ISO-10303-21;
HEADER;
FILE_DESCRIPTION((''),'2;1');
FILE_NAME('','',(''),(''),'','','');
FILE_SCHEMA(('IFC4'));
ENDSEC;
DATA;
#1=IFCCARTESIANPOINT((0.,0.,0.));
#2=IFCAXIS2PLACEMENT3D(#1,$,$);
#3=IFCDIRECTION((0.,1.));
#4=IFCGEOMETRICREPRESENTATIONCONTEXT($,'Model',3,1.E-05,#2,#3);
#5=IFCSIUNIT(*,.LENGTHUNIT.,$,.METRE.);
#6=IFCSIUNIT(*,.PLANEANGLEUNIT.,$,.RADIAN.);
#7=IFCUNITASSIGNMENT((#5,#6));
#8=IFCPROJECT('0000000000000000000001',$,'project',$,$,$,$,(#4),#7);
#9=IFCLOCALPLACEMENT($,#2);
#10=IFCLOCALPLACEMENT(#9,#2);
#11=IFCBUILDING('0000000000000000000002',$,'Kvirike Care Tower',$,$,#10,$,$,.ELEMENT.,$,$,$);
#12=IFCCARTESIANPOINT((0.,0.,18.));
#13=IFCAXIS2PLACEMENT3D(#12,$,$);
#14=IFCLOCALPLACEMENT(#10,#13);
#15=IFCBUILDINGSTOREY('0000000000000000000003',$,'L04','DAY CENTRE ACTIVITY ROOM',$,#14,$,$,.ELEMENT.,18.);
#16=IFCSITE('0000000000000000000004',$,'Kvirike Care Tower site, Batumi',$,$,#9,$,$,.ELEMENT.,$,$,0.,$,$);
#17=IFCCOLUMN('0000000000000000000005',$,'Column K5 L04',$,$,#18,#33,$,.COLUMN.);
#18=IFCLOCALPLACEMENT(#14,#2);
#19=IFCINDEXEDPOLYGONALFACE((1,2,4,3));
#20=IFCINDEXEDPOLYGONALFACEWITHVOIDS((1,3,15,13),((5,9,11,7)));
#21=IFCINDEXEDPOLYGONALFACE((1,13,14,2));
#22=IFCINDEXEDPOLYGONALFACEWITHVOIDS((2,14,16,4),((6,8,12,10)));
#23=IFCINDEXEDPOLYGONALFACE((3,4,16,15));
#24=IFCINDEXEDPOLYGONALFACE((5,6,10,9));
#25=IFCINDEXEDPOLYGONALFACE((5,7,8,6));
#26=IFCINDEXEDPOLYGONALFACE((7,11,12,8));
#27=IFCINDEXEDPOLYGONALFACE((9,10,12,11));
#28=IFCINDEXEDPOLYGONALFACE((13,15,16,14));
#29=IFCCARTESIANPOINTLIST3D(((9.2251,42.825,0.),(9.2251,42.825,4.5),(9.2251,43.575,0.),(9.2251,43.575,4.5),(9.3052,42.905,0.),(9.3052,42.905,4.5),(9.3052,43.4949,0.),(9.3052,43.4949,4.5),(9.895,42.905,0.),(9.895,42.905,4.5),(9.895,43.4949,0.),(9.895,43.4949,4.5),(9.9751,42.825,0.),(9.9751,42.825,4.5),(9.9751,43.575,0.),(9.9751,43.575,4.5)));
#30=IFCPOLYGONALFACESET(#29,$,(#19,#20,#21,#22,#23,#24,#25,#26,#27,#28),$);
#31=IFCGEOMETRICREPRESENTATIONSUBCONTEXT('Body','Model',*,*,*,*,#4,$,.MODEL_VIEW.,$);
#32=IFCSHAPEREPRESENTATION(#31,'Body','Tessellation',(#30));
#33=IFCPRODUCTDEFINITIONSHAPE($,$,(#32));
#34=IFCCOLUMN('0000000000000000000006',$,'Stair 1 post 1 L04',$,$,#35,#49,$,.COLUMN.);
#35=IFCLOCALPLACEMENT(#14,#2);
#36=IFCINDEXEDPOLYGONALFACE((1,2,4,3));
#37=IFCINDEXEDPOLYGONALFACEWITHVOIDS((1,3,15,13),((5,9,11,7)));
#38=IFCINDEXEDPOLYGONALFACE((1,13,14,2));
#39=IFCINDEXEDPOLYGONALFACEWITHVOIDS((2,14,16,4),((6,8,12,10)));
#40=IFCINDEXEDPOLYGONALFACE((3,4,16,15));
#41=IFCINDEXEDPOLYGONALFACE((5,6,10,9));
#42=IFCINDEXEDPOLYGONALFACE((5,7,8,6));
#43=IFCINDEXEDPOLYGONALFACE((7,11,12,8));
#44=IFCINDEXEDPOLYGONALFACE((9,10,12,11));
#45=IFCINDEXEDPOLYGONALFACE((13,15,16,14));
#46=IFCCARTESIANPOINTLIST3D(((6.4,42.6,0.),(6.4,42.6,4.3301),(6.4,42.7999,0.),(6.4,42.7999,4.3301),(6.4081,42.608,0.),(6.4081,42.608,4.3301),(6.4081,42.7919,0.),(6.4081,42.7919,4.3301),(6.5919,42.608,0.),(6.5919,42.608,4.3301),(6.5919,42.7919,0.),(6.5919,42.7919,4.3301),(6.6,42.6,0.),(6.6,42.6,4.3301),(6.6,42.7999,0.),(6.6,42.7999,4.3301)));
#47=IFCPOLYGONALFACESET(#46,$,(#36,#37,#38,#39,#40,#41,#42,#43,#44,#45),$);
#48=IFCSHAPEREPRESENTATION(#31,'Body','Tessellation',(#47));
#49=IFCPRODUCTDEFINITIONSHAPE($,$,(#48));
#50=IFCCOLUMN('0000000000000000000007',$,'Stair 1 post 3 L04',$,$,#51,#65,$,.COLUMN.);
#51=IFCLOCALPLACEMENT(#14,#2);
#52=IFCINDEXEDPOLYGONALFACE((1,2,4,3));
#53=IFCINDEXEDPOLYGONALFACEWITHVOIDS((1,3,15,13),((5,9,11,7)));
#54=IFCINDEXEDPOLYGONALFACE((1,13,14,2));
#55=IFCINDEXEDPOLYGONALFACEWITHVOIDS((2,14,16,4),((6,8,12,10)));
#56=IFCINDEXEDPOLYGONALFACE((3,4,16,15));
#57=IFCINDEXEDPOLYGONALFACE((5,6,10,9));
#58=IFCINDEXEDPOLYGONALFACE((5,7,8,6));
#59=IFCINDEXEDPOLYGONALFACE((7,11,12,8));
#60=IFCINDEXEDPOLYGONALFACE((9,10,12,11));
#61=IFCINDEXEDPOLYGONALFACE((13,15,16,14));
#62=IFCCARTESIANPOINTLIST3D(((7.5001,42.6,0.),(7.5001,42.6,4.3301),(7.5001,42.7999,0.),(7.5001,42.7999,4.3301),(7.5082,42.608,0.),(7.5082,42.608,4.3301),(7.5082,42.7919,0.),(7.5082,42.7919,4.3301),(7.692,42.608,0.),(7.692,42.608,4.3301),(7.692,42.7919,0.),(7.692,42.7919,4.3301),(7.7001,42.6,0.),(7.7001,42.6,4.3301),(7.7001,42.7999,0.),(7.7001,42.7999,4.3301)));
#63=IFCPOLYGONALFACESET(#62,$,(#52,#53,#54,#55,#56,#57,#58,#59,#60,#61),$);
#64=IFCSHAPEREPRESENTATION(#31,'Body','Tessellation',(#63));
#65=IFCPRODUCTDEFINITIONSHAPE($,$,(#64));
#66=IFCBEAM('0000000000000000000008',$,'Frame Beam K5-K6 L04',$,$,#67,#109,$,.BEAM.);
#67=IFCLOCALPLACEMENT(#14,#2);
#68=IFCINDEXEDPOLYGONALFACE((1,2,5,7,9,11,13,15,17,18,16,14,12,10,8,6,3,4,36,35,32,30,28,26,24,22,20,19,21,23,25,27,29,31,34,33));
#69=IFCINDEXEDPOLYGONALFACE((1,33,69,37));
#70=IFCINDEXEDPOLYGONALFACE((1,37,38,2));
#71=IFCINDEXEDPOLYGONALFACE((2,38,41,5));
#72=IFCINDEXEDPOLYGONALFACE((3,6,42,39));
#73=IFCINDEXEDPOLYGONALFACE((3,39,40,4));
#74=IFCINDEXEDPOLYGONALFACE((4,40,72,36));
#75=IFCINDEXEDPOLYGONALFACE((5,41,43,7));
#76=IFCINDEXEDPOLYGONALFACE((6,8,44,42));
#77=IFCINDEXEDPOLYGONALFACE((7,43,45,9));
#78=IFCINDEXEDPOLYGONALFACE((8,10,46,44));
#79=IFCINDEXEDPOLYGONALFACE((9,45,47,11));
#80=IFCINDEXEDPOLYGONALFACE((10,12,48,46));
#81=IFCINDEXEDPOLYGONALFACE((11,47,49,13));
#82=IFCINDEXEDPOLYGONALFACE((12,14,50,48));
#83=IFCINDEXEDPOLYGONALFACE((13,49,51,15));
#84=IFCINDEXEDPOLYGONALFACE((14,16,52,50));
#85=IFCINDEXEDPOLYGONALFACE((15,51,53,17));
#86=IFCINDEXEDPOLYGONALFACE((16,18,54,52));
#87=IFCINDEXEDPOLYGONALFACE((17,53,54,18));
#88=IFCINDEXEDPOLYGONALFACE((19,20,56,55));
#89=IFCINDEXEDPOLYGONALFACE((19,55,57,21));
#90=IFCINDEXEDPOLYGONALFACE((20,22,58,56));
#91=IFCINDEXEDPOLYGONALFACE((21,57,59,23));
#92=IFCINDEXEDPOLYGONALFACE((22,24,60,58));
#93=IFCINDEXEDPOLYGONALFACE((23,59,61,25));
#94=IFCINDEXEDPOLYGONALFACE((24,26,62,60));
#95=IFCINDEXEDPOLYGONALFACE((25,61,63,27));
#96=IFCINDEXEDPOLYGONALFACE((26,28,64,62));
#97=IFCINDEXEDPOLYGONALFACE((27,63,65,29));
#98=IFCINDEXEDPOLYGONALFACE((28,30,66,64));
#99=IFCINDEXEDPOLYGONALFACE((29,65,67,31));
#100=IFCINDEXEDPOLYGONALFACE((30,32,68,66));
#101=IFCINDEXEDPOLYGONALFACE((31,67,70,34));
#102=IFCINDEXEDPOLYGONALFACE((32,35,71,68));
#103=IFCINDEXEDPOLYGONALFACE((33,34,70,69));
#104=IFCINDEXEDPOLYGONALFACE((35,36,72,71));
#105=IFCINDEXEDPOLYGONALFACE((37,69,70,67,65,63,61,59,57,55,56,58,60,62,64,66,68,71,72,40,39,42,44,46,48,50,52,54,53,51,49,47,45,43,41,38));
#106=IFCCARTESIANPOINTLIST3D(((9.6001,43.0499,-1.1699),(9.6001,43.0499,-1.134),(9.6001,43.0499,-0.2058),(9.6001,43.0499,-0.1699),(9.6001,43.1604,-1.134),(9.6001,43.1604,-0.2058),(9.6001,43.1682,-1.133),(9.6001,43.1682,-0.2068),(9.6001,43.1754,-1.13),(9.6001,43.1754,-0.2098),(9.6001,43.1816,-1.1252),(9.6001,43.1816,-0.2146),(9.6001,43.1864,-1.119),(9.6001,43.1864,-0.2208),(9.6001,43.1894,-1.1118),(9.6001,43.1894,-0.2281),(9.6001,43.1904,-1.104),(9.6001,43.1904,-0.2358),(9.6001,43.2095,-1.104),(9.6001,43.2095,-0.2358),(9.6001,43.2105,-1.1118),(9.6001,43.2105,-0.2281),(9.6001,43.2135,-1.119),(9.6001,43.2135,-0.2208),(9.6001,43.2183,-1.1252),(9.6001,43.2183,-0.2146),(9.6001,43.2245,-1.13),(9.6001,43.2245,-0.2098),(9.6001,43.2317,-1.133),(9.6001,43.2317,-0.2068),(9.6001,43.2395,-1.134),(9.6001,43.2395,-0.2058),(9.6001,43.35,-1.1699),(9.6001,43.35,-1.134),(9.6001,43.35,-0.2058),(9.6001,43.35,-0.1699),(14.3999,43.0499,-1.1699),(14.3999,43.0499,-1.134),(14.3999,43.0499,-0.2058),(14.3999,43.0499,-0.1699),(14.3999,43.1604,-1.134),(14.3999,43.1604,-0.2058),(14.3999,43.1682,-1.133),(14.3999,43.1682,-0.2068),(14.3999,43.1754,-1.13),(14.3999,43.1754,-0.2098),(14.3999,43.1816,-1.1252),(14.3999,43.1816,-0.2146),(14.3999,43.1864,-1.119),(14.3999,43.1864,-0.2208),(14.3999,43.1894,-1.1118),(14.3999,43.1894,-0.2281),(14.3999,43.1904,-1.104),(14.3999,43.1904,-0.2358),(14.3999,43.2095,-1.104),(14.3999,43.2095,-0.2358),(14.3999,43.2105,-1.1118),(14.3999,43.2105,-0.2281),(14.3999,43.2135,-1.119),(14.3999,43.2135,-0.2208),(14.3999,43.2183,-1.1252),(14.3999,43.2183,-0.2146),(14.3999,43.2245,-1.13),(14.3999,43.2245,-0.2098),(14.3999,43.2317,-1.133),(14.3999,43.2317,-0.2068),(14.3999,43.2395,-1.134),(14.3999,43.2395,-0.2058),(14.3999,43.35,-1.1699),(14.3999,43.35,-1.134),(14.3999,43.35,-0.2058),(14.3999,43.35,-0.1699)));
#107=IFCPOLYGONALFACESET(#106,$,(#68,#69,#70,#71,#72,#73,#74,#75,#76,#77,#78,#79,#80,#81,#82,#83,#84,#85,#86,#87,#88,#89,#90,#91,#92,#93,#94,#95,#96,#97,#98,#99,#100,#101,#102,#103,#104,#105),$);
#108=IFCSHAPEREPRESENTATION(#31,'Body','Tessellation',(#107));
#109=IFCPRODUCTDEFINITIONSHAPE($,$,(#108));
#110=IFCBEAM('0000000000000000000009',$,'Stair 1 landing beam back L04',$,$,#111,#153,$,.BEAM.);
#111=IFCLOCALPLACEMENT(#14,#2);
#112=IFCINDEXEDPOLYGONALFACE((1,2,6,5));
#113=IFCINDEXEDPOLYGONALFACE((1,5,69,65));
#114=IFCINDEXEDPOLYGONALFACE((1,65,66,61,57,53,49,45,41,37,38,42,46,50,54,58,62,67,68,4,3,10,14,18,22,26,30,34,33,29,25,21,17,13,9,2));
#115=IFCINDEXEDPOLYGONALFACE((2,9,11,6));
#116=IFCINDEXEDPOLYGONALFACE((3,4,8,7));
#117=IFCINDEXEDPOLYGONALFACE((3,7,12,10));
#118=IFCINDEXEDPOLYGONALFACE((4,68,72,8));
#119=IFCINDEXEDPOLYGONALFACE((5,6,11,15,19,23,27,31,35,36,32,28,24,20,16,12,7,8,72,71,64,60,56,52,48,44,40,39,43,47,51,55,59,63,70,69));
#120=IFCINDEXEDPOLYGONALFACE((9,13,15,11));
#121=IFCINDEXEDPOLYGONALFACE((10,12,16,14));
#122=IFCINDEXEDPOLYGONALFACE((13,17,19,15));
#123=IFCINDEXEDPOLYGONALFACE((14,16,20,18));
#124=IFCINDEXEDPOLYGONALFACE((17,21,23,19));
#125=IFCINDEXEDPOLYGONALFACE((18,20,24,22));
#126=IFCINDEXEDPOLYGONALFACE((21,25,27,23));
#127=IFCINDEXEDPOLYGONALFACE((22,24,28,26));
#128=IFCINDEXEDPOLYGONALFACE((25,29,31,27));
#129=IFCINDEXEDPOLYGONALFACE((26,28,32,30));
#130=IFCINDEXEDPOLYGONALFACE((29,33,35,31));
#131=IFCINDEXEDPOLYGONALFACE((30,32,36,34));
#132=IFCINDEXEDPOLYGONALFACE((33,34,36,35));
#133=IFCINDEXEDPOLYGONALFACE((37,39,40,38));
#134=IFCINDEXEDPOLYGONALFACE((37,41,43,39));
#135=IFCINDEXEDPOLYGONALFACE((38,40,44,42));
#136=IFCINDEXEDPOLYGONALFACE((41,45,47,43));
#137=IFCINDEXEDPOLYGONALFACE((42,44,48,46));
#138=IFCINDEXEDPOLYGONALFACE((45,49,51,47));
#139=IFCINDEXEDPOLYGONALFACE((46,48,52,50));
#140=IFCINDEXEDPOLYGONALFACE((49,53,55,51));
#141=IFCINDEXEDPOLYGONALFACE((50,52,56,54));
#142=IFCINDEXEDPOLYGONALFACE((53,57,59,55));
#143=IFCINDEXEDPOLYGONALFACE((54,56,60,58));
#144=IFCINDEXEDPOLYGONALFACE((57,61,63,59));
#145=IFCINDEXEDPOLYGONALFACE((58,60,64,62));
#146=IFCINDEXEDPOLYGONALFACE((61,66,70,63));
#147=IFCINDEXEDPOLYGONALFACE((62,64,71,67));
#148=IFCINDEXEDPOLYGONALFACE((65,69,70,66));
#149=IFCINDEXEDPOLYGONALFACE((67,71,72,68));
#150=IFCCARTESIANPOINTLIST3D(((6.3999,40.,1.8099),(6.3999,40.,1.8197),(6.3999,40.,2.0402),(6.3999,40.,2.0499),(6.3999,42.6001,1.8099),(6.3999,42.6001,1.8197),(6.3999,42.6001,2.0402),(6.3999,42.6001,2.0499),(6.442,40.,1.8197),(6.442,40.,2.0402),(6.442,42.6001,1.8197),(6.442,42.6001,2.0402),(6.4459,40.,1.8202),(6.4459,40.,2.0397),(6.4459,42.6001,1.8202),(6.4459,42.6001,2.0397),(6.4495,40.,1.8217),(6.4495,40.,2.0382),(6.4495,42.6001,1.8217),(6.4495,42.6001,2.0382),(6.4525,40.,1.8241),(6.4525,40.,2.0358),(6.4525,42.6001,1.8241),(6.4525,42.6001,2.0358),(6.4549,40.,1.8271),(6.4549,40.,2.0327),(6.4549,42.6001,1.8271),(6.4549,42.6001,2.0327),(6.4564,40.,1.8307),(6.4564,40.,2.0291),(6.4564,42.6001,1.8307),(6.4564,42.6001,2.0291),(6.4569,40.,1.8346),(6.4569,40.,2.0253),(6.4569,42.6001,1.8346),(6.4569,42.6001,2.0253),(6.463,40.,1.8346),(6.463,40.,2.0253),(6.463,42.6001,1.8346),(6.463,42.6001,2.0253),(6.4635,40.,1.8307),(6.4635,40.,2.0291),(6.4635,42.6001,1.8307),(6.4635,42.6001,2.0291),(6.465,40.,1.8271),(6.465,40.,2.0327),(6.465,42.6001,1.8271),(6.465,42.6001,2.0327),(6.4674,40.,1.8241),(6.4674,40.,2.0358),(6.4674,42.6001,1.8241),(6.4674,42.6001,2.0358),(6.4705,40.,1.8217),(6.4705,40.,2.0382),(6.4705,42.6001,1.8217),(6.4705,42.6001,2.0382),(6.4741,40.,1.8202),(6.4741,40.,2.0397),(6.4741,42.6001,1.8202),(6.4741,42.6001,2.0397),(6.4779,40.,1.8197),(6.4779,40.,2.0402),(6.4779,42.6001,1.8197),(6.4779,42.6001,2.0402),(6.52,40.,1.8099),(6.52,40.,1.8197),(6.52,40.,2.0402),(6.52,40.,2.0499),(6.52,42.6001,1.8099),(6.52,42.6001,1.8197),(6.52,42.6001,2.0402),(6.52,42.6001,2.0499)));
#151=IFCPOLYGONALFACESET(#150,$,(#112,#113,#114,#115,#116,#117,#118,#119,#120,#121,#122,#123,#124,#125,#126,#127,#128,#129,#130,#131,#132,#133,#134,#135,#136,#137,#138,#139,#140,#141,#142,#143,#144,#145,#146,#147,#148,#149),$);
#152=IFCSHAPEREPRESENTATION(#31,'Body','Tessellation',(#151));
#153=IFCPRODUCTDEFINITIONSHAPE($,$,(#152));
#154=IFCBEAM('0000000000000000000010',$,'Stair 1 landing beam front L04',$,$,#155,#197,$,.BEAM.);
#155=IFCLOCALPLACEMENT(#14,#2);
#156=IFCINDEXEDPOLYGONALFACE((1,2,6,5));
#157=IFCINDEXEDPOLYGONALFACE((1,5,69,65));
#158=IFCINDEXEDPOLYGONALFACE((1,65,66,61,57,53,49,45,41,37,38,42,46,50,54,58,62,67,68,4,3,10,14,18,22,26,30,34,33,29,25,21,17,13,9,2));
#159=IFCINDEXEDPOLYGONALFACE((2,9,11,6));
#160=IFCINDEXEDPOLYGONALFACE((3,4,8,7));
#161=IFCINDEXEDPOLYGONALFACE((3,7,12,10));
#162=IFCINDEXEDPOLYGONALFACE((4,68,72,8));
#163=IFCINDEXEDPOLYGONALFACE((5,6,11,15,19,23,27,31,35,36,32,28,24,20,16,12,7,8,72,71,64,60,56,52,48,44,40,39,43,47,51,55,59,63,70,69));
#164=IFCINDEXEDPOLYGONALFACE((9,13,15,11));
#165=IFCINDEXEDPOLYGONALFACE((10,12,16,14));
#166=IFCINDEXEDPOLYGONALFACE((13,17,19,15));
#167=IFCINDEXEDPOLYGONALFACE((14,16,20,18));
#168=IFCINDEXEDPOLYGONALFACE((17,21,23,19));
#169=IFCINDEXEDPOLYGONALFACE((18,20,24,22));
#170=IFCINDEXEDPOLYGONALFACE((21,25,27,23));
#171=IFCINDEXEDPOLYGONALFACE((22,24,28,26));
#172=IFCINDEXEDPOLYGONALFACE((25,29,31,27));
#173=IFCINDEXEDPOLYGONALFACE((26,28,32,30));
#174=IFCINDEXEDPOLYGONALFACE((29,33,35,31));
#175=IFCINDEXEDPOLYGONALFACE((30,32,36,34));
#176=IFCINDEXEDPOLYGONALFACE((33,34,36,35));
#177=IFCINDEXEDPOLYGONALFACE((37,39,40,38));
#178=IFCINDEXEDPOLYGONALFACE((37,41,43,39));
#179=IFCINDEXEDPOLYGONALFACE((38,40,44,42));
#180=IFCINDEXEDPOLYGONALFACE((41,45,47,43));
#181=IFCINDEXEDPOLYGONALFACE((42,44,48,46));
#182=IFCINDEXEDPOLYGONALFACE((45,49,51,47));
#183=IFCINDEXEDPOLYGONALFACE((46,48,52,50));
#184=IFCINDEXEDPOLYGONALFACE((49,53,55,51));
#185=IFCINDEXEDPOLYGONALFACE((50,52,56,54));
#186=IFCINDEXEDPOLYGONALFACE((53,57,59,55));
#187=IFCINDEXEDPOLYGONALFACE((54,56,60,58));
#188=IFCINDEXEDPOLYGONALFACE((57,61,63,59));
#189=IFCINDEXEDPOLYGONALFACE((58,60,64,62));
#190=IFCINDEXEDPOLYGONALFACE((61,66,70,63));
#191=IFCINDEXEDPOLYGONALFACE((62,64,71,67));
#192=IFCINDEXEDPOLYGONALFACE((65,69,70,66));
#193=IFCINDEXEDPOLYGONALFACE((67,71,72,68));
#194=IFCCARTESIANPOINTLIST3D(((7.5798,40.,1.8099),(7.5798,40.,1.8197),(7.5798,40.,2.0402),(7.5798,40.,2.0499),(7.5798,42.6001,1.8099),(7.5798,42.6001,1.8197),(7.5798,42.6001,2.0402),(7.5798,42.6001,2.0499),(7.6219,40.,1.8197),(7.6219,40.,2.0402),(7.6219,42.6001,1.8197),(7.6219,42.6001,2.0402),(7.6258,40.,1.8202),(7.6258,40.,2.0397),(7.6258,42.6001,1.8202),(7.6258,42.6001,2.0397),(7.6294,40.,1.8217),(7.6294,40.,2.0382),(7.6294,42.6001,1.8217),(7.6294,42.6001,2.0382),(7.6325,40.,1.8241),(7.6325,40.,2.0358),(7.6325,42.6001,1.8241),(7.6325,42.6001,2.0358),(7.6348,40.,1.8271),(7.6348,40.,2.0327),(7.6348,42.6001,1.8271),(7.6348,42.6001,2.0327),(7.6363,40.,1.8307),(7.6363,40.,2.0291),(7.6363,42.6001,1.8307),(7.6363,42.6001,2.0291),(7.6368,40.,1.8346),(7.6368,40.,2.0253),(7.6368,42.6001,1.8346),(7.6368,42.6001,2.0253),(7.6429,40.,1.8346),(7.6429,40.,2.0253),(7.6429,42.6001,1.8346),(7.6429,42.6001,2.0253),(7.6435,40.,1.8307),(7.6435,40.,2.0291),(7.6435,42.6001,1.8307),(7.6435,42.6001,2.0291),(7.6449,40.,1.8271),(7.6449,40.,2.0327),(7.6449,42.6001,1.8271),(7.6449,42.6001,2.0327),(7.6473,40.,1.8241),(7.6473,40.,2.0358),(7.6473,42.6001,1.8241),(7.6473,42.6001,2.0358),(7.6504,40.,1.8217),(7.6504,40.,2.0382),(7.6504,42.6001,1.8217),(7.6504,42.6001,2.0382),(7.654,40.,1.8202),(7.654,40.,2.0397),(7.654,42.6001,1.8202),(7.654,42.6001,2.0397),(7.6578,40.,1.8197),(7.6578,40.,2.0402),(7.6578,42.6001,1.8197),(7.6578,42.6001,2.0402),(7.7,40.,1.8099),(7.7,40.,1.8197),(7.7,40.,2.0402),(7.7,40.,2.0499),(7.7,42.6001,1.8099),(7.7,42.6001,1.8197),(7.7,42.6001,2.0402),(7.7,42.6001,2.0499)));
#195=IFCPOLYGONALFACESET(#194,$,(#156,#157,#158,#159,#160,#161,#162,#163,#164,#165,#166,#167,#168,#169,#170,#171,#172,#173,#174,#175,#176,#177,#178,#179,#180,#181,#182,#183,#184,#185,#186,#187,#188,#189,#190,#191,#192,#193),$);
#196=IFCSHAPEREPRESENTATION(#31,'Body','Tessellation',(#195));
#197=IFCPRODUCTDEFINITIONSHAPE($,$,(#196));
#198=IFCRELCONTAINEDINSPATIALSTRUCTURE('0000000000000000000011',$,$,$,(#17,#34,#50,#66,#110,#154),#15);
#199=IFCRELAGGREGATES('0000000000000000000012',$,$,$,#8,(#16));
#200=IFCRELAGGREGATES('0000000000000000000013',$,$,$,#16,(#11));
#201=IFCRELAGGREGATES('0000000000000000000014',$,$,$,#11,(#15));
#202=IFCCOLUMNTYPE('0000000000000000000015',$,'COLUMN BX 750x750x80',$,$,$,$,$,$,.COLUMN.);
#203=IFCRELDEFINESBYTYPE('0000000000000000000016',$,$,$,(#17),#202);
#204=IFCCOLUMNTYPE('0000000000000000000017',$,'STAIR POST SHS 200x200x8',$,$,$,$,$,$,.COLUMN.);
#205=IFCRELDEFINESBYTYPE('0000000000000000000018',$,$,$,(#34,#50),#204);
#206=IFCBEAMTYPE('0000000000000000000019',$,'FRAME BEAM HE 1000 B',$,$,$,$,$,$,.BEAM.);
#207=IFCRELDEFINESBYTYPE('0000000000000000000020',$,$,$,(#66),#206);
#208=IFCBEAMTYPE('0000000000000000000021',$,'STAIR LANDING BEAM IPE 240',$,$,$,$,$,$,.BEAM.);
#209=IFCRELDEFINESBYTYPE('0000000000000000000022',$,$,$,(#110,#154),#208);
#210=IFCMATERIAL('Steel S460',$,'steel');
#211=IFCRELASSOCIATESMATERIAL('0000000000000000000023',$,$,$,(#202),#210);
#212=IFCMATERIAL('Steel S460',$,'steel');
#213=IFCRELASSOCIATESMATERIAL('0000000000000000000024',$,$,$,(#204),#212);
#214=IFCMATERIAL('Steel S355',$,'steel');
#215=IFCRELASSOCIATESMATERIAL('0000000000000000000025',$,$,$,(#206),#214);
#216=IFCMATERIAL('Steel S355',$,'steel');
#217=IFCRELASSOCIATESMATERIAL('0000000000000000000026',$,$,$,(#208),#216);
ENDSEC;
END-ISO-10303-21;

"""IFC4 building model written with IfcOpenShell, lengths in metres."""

from ifc_helpers import new_model, si_unit, direction, frame, origin, origin_2d, place, context, subcontext, project, spatial, hollow_rectangle, i_section, extrude, material, material_profile, profile_set, type_object, element, save


model = new_model("IFC4")

# Units and contexts
model_context = context("Model", 3, precision=1e-05, world=origin(), true_north=direction((0.0, 1.0)))
body_context = subcontext(model_context, "Body", "Model", "MODEL_VIEW")
ifc_project = project(units=[si_unit("LENGTHUNIT", "METRE"), si_unit("PLANEANGLEUNIT", "RADIAN")], contexts=[model_context])

# Site, building, storey
site_placement = place(None, origin())
site = spatial("IfcSite", under=ifc_project, at=site_placement, Name="Kvirike Care Tower site, Batumi", CompositionType="ELEMENT", RefElevation=0.0)
building_placement = place(site_placement, origin())
building = spatial("IfcBuilding", under=site, at=building_placement, Name="Kvirike Care Tower", CompositionType="ELEMENT")
storey_placement = place(building_placement, frame((0.0, 0.0, 18.0)))
storey = spatial("IfcBuildingStorey", under=building, at=storey_placement, Name="L04", Description="DAY CENTRE ACTIVITY ROOM", CompositionType="ELEMENT", Elevation=18.0)

# Columns
ifc_material_1 = material(Name="Steel S460", Category="steel")
ifc_material_profile_1 = material_profile(ifc_material_1, hollow_rectangle(XDim=0.75, YDim=0.75, WallThickness=0.0801, at=origin_2d()), Name="BX 750x750x80")
ifc_profile_set_1 = profile_set([ifc_material_profile_1], Name="Steel S460")
column_type_1 = type_object("IfcColumnType", Name="COLUMN BX 750x750x80", PredefinedType="COLUMN", material=ifc_profile_set_1)
column_placement = place(storey_placement, frame((9.6001, 43.2, 0.0), z_axis=(0.0, 0.0, 1.0), x_axis=(0.0, 1.0, 0.0)))
element("IfcColumn", 1, at=column_placement, inside=storey, type_object=column_type_1, Name="Column K5 L04", PredefinedType="COLUMN", context=body_context, shape_type="SweptSolid", body=[
    extrude(hollow_rectangle(XDim=0.75, YDim=0.75, WallThickness=0.0801, at=origin_2d()), origin(), (0.0, 0.0, 1.0), 4.5),
])
ifc_material_2 = material(Name="Steel S460", Category="steel")
ifc_material_profile_2 = material_profile(ifc_material_2, hollow_rectangle(XDim=0.2, YDim=0.2, WallThickness=0.0081, at=origin_2d()), Name="SHS 200x200x8")
ifc_profile_set_2 = profile_set([ifc_material_profile_2], Name="Steel S460")
column_type_2 = type_object("IfcColumnType", Name="STAIR POST SHS 200x200x8", PredefinedType="COLUMN", material=ifc_profile_set_2)
for number, where, z_axis, x_axis, name in (
    (2, (6.5, 42.7, 0.0), (0.0, 0.0, 1.0), (1.0, 0.0, 0.0), "Stair 1 post 1 L04"),
    (3, (7.6001, 42.7, 0.0), (0.0, 0.0, 1.0), (1.0, 0.0, 0.0), "Stair 1 post 3 L04"),
):
    element("IfcColumn", number, at=place(storey_placement, frame(where, z_axis=z_axis, x_axis=x_axis)), inside=storey, type_object=column_type_2, Name=name, PredefinedType="COLUMN", context=body_context, shape_type="SweptSolid", body=[
        extrude(hollow_rectangle(XDim=0.2, YDim=0.2, WallThickness=0.0081, at=origin_2d()), origin(), (0.0, 0.0, 1.0), 4.3301),
    ])

# Beams
ifc_material_3 = material(Name="Steel S355", Category="steel")
ifc_material_profile_3 = material_profile(ifc_material_3, i_section(OverallWidth=0.3, OverallDepth=1.0, WebThickness=0.019, FlangeThickness=0.0359, FilletRadius=0.03, at=origin_2d()), Name="HE 1000 B")
ifc_profile_set_3 = profile_set([ifc_material_profile_3], Name="Steel S355")
beam_type_1 = type_object("IfcBeamType", Name="FRAME BEAM HE 1000 B", PredefinedType="BEAM", material=ifc_profile_set_3)
beam_1_placement = place(storey_placement, frame((9.6001, 43.2, -0.6699), z_axis=(1.0, 0.0, 0.0), x_axis=(0.0, 1.0, 0.0)))
element("IfcBeam", 4, at=beam_1_placement, inside=storey, type_object=beam_type_1, Name="Frame Beam K5-K6 L04", PredefinedType="BEAM", context=body_context, shape_type="SweptSolid", body=[
    extrude(i_section(OverallWidth=0.3, OverallDepth=1.0, WebThickness=0.019, FlangeThickness=0.0359, FilletRadius=0.03, at=origin_2d()), origin(), (0.0, 0.0, 1.0), 4.7998),
])
ifc_material_4 = material(Name="Steel S355", Category="steel")
ifc_material_profile_4 = material_profile(ifc_material_4, i_section(OverallWidth=0.1201, OverallDepth=0.24, WebThickness=0.0061, FlangeThickness=0.0098, FilletRadius=0.0149, at=origin_2d()), Name="IPE 240")
ifc_profile_set_4 = profile_set([ifc_material_profile_4], Name="Steel S355")
beam_type_2 = type_object("IfcBeamType", Name="STAIR LANDING BEAM IPE 240", PredefinedType="BEAM", material=ifc_profile_set_4)
for number, where, z_axis, x_axis, name in (
    (5, (6.46, 42.6001, 1.9299), (0.0, -1.0, 0.0), (1.0, 0.0, 0.0), "Stair 1 landing beam back L04"),
    (6, (7.6399, 42.6001, 1.9299), (0.0, -1.0, 0.0), (1.0, 0.0, 0.0), "Stair 1 landing beam front L04"),
):
    element("IfcBeam", number, at=place(storey_placement, frame(where, z_axis=z_axis, x_axis=x_axis)), inside=storey, type_object=beam_type_2, Name=name, PredefinedType="BEAM", context=body_context, shape_type="SweptSolid", body=[
        extrude(i_section(OverallWidth=0.1201, OverallDepth=0.24, WebThickness=0.0061, FlangeThickness=0.0098, FilletRadius=0.0149, at=origin_2d()), origin(), (0.0, 0.0, 1.0), 2.6001),
    ])

save(model, "model.ifc")
